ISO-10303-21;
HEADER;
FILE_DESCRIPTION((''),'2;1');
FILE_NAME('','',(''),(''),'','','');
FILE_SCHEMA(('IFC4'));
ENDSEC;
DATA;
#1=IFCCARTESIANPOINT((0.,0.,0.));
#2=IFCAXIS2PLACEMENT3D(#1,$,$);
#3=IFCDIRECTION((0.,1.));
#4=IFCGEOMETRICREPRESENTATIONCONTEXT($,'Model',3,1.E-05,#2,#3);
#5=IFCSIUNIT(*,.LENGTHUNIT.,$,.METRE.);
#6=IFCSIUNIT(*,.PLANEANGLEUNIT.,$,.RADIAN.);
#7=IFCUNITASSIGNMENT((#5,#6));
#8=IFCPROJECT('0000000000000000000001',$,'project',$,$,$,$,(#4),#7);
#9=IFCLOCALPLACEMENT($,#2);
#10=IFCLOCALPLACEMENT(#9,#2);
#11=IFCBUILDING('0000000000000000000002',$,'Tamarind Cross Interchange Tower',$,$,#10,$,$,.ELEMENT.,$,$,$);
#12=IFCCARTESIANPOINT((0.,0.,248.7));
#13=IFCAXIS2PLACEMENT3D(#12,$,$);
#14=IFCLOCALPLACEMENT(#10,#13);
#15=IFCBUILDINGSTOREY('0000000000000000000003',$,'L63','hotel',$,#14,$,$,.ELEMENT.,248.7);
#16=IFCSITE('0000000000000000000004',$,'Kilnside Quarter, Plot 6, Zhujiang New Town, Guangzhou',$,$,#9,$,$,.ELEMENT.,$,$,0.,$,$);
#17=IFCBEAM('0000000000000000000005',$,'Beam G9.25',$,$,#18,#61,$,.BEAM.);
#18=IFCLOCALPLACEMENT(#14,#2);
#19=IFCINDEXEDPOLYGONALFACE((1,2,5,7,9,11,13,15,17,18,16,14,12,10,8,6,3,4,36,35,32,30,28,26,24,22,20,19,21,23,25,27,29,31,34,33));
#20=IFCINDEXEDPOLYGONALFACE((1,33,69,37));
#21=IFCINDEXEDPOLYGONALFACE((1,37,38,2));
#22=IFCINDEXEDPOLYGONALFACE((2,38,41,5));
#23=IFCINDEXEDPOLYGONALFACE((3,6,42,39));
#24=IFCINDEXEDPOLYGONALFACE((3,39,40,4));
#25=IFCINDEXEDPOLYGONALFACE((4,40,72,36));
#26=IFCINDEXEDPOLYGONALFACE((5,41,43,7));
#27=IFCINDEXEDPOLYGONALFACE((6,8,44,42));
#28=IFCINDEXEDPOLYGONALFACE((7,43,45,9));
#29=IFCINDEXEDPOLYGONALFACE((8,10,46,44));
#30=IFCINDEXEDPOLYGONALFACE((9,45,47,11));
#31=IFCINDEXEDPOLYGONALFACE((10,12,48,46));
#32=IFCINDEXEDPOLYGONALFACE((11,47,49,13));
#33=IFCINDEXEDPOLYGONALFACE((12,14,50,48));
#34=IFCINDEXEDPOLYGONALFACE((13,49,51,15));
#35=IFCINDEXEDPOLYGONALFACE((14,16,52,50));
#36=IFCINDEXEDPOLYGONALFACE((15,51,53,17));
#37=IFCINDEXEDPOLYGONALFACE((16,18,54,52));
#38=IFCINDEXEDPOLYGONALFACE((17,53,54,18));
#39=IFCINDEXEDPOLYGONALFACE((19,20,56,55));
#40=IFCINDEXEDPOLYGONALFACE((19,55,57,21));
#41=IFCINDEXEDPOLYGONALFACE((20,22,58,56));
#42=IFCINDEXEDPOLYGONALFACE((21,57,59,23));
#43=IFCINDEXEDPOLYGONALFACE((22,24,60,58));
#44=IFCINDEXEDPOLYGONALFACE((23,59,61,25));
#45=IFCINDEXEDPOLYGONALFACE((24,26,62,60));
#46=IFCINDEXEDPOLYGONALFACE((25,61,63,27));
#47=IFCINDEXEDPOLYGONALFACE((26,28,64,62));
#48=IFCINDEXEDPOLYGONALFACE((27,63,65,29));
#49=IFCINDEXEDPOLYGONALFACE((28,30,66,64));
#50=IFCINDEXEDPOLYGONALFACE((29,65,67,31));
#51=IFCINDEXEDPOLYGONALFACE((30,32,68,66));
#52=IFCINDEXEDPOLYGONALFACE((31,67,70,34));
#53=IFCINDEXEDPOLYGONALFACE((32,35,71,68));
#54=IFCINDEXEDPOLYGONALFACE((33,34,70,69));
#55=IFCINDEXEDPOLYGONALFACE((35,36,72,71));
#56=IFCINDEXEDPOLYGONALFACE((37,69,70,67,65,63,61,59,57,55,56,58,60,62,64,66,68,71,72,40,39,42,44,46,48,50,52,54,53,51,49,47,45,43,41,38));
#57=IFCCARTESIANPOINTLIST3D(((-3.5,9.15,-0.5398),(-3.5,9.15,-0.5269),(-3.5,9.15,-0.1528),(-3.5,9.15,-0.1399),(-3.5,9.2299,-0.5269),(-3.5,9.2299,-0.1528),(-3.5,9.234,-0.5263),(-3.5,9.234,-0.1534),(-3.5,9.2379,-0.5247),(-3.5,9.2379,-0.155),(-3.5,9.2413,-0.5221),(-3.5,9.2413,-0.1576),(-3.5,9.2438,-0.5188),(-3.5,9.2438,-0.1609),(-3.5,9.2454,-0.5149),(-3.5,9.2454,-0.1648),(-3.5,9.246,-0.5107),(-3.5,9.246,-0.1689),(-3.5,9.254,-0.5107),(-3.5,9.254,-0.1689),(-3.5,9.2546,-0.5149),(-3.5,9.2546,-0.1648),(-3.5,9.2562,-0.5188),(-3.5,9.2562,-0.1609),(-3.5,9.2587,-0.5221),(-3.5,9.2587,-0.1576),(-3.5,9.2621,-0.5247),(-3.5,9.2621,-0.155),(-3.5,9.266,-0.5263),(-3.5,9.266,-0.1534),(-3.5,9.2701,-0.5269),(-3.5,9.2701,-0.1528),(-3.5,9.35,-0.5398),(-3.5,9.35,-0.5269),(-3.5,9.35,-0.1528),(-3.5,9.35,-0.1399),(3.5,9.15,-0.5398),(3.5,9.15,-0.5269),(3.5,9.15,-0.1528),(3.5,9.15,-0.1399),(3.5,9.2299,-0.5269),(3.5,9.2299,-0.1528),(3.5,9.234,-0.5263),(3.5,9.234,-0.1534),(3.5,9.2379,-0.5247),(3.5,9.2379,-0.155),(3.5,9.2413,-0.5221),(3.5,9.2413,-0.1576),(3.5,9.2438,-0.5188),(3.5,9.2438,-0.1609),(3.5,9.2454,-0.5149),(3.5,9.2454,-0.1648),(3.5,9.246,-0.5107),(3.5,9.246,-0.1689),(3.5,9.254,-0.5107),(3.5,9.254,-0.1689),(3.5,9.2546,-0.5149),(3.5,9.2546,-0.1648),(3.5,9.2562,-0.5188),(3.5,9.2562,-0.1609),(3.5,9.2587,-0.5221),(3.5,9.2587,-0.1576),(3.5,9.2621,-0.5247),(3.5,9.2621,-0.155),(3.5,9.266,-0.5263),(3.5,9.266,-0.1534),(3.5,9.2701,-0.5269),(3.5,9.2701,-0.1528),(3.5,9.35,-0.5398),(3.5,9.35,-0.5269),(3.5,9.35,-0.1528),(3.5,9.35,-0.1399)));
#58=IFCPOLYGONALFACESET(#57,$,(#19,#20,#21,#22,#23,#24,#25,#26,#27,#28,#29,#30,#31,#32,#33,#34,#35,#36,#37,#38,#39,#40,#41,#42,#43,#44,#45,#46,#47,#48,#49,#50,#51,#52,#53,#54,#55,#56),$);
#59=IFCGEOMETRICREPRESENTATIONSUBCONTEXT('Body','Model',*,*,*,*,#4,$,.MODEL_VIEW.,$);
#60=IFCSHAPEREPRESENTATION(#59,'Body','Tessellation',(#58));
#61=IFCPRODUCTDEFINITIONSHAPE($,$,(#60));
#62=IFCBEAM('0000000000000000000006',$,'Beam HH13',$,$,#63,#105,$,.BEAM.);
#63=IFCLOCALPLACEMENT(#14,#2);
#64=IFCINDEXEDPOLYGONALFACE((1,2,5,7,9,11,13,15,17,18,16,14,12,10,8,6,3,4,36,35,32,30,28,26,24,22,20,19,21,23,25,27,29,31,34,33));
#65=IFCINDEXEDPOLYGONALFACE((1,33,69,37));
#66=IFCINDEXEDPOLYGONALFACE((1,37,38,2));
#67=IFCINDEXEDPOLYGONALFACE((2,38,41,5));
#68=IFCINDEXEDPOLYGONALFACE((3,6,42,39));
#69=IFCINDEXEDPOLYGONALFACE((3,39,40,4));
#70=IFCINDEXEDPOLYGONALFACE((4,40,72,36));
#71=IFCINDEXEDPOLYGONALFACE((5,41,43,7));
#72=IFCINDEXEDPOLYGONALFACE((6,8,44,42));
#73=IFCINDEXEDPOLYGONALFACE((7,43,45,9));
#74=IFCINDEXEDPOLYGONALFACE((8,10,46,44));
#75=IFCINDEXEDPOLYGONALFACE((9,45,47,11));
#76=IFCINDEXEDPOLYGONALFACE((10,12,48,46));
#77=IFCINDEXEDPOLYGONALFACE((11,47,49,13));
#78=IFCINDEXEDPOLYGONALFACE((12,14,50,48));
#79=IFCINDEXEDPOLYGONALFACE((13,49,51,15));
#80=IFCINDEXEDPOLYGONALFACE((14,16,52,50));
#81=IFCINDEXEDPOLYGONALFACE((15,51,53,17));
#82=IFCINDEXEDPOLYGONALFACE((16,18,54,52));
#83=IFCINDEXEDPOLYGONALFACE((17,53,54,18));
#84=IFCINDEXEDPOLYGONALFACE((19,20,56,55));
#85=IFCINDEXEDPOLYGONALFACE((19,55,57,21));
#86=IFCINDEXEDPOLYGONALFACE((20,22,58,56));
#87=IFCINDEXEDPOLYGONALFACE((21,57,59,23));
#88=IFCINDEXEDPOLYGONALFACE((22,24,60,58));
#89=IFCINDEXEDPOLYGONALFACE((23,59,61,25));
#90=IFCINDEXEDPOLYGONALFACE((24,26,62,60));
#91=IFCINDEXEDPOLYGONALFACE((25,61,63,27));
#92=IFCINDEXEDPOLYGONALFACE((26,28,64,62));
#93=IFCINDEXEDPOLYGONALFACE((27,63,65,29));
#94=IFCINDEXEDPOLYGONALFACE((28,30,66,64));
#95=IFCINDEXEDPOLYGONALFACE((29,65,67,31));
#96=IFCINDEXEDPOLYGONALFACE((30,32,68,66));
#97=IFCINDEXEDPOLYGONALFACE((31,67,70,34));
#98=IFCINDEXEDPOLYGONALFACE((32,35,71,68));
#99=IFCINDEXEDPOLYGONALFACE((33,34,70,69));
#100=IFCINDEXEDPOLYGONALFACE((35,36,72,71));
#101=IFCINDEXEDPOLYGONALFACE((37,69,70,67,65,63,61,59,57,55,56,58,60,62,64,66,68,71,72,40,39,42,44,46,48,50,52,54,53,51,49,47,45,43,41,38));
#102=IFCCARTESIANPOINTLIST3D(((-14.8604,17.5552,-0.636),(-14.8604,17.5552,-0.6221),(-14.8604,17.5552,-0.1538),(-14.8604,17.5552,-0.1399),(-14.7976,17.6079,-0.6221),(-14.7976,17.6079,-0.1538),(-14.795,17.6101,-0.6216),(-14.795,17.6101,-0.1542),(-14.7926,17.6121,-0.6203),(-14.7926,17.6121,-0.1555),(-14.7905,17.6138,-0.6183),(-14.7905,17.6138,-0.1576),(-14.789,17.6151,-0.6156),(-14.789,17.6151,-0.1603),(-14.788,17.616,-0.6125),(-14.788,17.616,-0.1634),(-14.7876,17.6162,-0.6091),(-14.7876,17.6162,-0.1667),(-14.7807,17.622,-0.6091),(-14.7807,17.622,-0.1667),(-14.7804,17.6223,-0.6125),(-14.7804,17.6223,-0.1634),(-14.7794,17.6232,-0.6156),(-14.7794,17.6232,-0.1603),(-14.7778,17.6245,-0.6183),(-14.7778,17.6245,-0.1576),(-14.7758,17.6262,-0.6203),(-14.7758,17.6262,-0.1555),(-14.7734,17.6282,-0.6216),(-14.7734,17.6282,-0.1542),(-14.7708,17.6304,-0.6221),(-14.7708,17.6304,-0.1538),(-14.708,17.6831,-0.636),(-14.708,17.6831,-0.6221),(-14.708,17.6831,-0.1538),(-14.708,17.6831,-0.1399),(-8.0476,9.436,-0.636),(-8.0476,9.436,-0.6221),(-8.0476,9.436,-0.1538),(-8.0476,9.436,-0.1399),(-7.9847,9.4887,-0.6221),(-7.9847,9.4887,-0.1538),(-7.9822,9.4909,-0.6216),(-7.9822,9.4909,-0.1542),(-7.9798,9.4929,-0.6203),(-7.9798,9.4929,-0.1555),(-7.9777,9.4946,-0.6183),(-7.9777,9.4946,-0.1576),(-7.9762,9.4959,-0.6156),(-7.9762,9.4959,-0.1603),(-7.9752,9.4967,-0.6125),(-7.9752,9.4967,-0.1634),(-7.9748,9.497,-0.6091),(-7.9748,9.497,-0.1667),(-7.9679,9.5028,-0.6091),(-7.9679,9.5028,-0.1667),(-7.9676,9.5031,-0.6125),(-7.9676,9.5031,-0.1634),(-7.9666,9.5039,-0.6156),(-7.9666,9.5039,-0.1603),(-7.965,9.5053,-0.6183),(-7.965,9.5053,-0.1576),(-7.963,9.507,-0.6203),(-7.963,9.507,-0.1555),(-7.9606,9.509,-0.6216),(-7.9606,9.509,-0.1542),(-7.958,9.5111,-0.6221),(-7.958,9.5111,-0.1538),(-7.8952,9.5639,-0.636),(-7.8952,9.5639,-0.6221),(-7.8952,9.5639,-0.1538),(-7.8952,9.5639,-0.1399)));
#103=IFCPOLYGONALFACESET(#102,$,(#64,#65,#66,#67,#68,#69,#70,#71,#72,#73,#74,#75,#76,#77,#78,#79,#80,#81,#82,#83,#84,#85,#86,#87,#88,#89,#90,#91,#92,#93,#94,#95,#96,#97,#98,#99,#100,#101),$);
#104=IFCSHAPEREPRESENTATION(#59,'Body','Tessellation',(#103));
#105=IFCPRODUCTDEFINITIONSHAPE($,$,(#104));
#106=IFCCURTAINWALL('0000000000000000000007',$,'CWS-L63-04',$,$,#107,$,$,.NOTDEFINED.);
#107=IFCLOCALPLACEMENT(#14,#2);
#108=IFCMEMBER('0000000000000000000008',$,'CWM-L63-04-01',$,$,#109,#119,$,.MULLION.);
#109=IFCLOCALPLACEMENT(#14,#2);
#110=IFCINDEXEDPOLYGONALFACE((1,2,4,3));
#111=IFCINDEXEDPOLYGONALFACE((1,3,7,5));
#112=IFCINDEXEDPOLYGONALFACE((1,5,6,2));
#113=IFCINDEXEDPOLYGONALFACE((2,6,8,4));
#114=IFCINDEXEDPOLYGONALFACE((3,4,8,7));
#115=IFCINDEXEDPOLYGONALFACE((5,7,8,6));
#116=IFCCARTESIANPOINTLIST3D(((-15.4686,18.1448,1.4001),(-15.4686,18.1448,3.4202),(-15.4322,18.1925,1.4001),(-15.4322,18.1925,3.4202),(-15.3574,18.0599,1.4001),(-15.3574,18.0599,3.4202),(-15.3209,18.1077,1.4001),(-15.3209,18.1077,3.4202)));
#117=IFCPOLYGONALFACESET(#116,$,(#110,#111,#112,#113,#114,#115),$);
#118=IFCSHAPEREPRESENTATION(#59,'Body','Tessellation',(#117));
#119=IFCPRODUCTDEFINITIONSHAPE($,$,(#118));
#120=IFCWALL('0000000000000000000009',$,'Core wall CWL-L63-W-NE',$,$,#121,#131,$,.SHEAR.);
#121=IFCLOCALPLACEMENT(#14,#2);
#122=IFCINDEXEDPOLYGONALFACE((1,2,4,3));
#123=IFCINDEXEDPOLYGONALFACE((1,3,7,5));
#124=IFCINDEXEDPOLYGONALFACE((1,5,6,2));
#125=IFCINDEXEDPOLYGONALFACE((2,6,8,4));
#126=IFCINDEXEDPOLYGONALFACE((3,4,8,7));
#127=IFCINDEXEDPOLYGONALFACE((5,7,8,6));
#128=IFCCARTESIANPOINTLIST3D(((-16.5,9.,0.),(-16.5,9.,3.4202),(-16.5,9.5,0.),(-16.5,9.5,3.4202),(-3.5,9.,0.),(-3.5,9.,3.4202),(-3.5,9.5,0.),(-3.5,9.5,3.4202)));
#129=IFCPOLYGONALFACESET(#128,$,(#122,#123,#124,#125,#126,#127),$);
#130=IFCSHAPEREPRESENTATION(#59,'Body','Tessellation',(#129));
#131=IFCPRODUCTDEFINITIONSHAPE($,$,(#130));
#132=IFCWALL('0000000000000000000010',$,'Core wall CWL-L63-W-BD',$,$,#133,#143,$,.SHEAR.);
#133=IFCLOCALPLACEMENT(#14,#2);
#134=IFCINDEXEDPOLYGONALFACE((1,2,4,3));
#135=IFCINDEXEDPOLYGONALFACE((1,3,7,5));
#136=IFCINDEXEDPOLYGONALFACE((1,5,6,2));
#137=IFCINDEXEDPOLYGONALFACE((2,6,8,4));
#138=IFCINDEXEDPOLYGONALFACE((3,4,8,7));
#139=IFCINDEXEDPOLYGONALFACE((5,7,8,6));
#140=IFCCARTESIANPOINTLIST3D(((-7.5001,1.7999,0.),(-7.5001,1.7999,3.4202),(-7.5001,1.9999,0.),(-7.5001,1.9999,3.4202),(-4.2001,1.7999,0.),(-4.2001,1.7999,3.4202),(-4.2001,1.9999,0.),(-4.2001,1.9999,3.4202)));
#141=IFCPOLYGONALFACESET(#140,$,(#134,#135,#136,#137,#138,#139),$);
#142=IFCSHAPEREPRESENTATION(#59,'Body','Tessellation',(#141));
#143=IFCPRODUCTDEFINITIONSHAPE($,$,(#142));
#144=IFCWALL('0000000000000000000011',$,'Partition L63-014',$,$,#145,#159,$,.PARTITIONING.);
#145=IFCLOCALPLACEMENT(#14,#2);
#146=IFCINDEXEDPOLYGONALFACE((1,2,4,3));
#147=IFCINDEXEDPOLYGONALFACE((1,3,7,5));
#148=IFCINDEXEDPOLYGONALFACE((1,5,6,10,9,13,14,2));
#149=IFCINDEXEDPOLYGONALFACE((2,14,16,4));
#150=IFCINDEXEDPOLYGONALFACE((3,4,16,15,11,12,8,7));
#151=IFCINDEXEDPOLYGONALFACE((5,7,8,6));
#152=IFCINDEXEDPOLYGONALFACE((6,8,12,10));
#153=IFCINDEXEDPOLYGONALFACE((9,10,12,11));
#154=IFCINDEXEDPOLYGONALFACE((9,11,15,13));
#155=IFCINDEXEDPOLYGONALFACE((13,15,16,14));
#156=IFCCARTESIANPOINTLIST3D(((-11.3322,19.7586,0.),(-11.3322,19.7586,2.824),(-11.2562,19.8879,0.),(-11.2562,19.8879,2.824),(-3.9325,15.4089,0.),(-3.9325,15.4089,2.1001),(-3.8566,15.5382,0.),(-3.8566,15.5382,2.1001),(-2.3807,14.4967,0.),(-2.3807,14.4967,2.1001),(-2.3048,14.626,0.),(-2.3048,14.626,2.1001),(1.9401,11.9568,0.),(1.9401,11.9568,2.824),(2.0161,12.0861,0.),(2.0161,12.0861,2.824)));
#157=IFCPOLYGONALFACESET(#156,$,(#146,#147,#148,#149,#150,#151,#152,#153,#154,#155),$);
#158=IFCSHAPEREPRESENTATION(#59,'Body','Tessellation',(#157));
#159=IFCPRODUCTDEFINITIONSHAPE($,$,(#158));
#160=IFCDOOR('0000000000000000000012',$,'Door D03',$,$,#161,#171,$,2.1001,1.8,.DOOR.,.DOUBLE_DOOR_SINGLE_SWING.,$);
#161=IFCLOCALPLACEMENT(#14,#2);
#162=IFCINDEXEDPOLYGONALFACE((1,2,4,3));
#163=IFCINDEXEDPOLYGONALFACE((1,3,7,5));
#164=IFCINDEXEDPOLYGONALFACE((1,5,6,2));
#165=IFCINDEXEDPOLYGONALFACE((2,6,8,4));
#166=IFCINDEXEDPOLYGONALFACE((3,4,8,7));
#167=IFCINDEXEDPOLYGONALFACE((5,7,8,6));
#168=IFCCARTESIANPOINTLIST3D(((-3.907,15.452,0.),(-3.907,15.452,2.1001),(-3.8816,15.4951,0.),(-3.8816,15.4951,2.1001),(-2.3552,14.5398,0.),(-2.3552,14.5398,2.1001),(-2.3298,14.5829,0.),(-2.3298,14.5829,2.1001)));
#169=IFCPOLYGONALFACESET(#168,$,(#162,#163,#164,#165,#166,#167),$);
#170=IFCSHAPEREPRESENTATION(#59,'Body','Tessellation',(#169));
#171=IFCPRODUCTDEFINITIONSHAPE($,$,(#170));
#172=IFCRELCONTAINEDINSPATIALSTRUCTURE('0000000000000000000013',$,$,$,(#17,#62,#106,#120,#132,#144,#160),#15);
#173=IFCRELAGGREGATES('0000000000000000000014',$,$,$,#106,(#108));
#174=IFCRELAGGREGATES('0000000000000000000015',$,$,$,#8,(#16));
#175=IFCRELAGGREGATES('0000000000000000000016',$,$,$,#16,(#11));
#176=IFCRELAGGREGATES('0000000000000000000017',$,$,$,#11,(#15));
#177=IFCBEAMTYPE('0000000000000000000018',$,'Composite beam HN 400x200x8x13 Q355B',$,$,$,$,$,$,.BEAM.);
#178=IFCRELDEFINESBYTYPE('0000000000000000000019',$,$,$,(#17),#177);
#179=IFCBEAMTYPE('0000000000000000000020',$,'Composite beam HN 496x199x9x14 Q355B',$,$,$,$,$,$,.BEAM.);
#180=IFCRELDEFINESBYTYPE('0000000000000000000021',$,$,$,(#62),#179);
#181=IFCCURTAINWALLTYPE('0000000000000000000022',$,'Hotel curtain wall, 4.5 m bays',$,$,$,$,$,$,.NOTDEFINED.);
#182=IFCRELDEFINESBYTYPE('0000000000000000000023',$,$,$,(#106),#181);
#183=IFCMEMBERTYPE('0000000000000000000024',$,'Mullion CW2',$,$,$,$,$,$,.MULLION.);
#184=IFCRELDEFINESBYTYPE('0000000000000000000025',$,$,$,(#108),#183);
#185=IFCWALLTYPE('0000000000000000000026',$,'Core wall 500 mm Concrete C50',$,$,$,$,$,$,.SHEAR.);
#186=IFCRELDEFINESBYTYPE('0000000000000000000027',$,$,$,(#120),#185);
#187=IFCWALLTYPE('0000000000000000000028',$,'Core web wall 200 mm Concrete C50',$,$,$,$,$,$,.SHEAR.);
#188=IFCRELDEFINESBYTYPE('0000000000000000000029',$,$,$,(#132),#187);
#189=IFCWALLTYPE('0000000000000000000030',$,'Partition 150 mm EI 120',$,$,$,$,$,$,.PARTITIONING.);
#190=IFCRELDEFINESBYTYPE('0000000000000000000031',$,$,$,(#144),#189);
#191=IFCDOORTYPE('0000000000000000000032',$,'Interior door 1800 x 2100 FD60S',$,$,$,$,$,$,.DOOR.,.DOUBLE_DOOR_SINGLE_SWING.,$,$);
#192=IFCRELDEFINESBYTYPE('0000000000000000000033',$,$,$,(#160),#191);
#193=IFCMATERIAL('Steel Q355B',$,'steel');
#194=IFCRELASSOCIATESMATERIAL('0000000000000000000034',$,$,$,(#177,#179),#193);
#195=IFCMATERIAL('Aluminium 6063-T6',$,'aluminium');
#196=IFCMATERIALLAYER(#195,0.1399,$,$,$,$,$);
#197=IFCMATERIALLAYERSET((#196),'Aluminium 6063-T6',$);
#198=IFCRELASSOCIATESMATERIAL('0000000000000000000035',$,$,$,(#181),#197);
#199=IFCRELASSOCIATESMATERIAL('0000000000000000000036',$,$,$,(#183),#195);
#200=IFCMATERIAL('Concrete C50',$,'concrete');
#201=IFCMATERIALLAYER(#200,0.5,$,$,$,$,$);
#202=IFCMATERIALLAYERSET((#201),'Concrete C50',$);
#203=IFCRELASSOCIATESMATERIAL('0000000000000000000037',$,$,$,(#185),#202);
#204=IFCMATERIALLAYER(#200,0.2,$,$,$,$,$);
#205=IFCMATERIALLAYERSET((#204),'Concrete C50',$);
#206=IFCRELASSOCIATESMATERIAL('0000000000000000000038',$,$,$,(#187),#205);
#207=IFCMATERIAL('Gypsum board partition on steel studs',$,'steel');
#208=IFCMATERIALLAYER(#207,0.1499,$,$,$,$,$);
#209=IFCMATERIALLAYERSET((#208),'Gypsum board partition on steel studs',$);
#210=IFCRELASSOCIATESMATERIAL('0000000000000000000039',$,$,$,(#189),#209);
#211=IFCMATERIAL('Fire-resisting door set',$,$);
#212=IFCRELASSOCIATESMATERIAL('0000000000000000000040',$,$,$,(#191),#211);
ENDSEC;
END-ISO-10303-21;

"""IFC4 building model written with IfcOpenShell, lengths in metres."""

from ifc_helpers import new_model, si_unit, direction, frame, frame_2d, origin, origin_2d, place, context, subcontext, project, spatial, rectangle, i_section, extrude, material, layer, layer_set, material_profile, profile_set, type_object, element, fill, aggregate, save


model = new_model("IFC4")

# Units and contexts
model_context = context("Model", 3, precision=1e-05, world=origin(), true_north=direction((0.0, 1.0)))
body_context = subcontext(model_context, "Body", "Model", "MODEL_VIEW")
ifc_project = project(units=[si_unit("LENGTHUNIT", "METRE"), si_unit("PLANEANGLEUNIT", "RADIAN")], contexts=[model_context])

# Site, building, storey
site_placement = place(None, origin())
site = spatial("IfcSite", under=ifc_project, at=site_placement, Name="Kilnside Quarter, Plot 6, Zhujiang New Town, Guangzhou", CompositionType="ELEMENT", RefElevation=0.0)
building_placement = place(site_placement, origin())
building = spatial("IfcBuilding", under=site, at=building_placement, Name="Tamarind Cross Interchange Tower", CompositionType="ELEMENT")
storey_placement = place(building_placement, frame((0.0, 0.0, 248.7)))
storey = spatial("IfcBuildingStorey", under=building, at=storey_placement, Name="L63", Description="hotel", CompositionType="ELEMENT", Elevation=248.7)

# Shared definitions
ifc_material_1 = material(Name="Concrete C50", Category="concrete")

# Beams
ifc_material_2 = material(Name="Steel Q355B", Category="steel")
ifc_material_profile_1 = material_profile(ifc_material_2, i_section(OverallWidth=0.2, OverallDepth=0.3999, WebThickness=0.0081, FlangeThickness=0.0129, FilletRadius=0.0161, at=origin_2d()), Name="HN 400x200x8x13")
ifc_profile_set_1 = profile_set([ifc_material_profile_1], Name="Steel Q355B")
beam_type_1 = type_object("IfcBeamType", Name="Composite beam HN 400x200x8x13 Q355B", PredefinedType="BEAM", material=ifc_profile_set_1)
for number, where, z_axis, x_axis, name in (
    (1, (-3.5, 9.25, -0.3398), (1.0, 0.0, 0.0), (0.0, 1.0, 0.0), "Beam G9.25"),
):
    element("IfcBeam", number, at=place(storey_placement, frame(where, z_axis=z_axis, x_axis=x_axis)), inside=storey, type_object=beam_type_1, Name=name, PredefinedType="BEAM", context=body_context, shape_type="SweptSolid", body=[
        extrude(i_section(OverallWidth=0.2, OverallDepth=0.3999, WebThickness=0.0081, FlangeThickness=0.0129, FilletRadius=0.0161, at=origin_2d()), origin(), (0.0, 0.0, 1.0), 7.0),
    ])
ifc_material_profile_2 = material_profile(ifc_material_2, i_section(OverallWidth=0.199, OverallDepth=0.4961, WebThickness=0.009, FlangeThickness=0.0139, FilletRadius=0.0129, at=origin_2d()), Name="HN 496x199x9x14")
ifc_profile_set_2 = profile_set([ifc_material_profile_2], Name="Steel Q355B")
beam_type_2 = type_object("IfcBeamType", Name="Composite beam HN 496x199x9x14 Q355B", PredefinedType="BEAM", material=ifc_profile_set_2)
beam_placement = place(storey_placement, frame((-14.7842, 17.6191, -0.3879), z_axis=(0.642786, -0.766046, 0.0), x_axis=(0.766046, 0.642786, 0.0)))
element("IfcBeam", 2, at=beam_placement, inside=storey, type_object=beam_type_2, Name="Beam HH13", PredefinedType="BEAM", context=body_context, shape_type="SweptSolid", body=[
    extrude(i_section(OverallWidth=0.199, OverallDepth=0.4961, WebThickness=0.009, FlangeThickness=0.0139, FilletRadius=0.0129, at=origin_2d()), origin(), (0.0, 0.0, 1.0), 10.5989),
])

# Curtain wall, member
ifc_material_3 = material(Name="Aluminium 6063-T6", Category="aluminium")
ifc_layer_1 = layer(ifc_material_3, 0.1399)
ifc_layer_set_1 = layer_set([ifc_layer_1], Name="Aluminium 6063-T6")
curtain_wall_type = type_object("IfcCurtainWallType", Name="Hotel curtain wall, 4.5 m bays", PredefinedType="NOTDEFINED", material=ifc_layer_set_1)
curtain_wall_placement = place(storey_placement, origin())
curtain_wall = element("IfcCurtainWall", 3, at=curtain_wall_placement, inside=storey, type_object=curtain_wall_type, Name="CWS-L63-04", PredefinedType="NOTDEFINED")
ifc_material_profile_3 = material_profile(ifc_material_3, rectangle(XDim=0.0601, YDim=0.1399, at=origin_2d()), Name="Mullion CW2")
ifc_profile_set_3 = profile_set([ifc_material_profile_3], Name="Aluminium 6063-T6")
member_type = type_object("IfcMemberType", Name="Mullion CW2", PredefinedType="MULLION", material=ifc_profile_set_3)
member_placement = place(storey_placement, frame((-15.3948, 18.1262, 1.4001), z_axis=(0.0, 0.0, 1.0), x_axis=(-0.606322, -0.795219, 0.0)))
member = element("IfcMember", 4, at=member_placement, type_object=member_type, Name="CWM-L63-04-01", PredefinedType="MULLION", context=body_context, shape_type="SweptSolid", body=[
    extrude(rectangle(XDim=0.0601, YDim=0.1399, at=origin_2d()), origin(), (0.0, 0.0, 1.0), 2.02),
])
aggregate(curtain_wall, [member])

# Walls
ifc_layer_2 = layer(ifc_material_1, 0.5)
ifc_layer_set_2 = layer_set([ifc_layer_2], Name="Concrete C50")
wall_type_1 = type_object("IfcWallType", Name="Core wall 500 mm Concrete C50", PredefinedType="SHEAR", material=ifc_layer_set_2)
wall_1_placement = place(storey_placement, frame((-16.5, 9.25, 0.0), z_axis=(0.0, 0.0, 1.0), x_axis=(1.0, 0.0, 0.0)))
element("IfcWall", 5, at=wall_1_placement, inside=storey, type_object=wall_type_1, Name="Core wall CWL-L63-W-NE", PredefinedType="SHEAR", context=body_context, shape_type="SweptSolid", body=[
    extrude(rectangle(XDim=13.0, YDim=0.5, at=frame_2d((6.5, 0.0))), origin(), (0.0, 0.0, 1.0), 3.4202),
])
ifc_layer_3 = layer(ifc_material_1, 0.2)
ifc_layer_set_3 = layer_set([ifc_layer_3], Name="Concrete C50")
wall_type_2 = type_object("IfcWallType", Name="Core web wall 200 mm Concrete C50", PredefinedType="SHEAR", material=ifc_layer_set_3)
wall_2_placement = place(storey_placement, frame((-7.5, 1.8999, 0.0), z_axis=(0.0, 0.0, 1.0), x_axis=(1.0, 0.0, 0.0)))
element("IfcWall", 6, at=wall_2_placement, inside=storey, type_object=wall_type_2, Name="Core wall CWL-L63-W-BD", PredefinedType="SHEAR", context=body_context, shape_type="SweptSolid", body=[
    extrude(rectangle(XDim=3.3, YDim=0.2, at=frame_2d((1.6499, 0.0))), origin(), (0.0, 0.0, 1.0), 3.4202),
])

# Wall, opening, door
ifc_material_4 = material(Name="Gypsum board partition on steel studs", Category="steel")
ifc_layer_4 = layer(ifc_material_4, 0.1499)
ifc_layer_set_4 = layer_set([ifc_layer_4], Name="Gypsum board partition on steel studs")
wall_type_3 = type_object("IfcWallType", Name="Partition 150 mm EI 120", PredefinedType="PARTITIONING", material=ifc_layer_set_4)
wall_3_placement = place(storey_placement, frame((-11.2942, 19.8232, 0.0), z_axis=(0.0, 0.0, 1.0), x_axis=(0.862088, -0.506758, 0.0)))
wall_3 = element("IfcWall", 7, at=wall_3_placement, inside=storey, type_object=wall_type_3, Name="Partition L63-014", PredefinedType="PARTITIONING", context=body_context, shape_type="SweptSolid", body=[
    extrude(rectangle(XDim=15.3955, YDim=0.1499, at=frame_2d((7.6978, 0.0))), origin(), (0.0, 0.0, 1.0), 2.824),
])
opening_1_placement = place(wall_3_placement, frame((8.5835, 0.0, 0.0)))
opening_1 = element("IfcOpeningElement", 8, at=opening_1_placement, cuts=wall_3, PredefinedType="OPENING", context=body_context, shape_type="SweptSolid", body=[
    extrude(rectangle(XDim=1.8, YDim=2.1001, at=frame_2d((0.8999, 1.05))), frame((0.0, 0.085, 0.0), z_axis=(0.0, -1.0, 0.0), x_axis=(1.0, 0.0, 0.0)), (0.0, 0.0, 1.0), 0.1699),
])
ifc_material_5 = material(Name="Fire-resisting door set")
door_type_1 = type_object("IfcDoorType", Name="Interior door 1800 x 2100 FD60S", OperationType="DOUBLE_DOOR_SINGLE_SWING", PredefinedType="DOOR", material=ifc_material_5)
door_1_placement = place(opening_1_placement, frame((1.8, 0.0, 0.0), z_axis=(0.0, 0.0, 1.0), x_axis=(-1.0, 0.0, 0.0)))
door_1 = element("IfcDoor", 9, at=door_1_placement, inside=storey, type_object=door_type_1, Name="Door D03", OperationType="DOUBLE_DOOR_SINGLE_SWING", OverallHeight=2.1001, OverallWidth=1.8, PredefinedType="DOOR", context=body_context, shape_type="SweptSolid", body=[
    extrude(rectangle(XDim=1.8, YDim=2.1001, at=frame_2d((0.8999, 1.05))), frame((0.0, 0.0249, 0.0), z_axis=(0.0, -1.0, 0.0), x_axis=(1.0, 0.0, 0.0)), (0.0, 0.0, 1.0), 0.05),
])
fill(opening_1, door_1)

save(model, "model.ifc")
